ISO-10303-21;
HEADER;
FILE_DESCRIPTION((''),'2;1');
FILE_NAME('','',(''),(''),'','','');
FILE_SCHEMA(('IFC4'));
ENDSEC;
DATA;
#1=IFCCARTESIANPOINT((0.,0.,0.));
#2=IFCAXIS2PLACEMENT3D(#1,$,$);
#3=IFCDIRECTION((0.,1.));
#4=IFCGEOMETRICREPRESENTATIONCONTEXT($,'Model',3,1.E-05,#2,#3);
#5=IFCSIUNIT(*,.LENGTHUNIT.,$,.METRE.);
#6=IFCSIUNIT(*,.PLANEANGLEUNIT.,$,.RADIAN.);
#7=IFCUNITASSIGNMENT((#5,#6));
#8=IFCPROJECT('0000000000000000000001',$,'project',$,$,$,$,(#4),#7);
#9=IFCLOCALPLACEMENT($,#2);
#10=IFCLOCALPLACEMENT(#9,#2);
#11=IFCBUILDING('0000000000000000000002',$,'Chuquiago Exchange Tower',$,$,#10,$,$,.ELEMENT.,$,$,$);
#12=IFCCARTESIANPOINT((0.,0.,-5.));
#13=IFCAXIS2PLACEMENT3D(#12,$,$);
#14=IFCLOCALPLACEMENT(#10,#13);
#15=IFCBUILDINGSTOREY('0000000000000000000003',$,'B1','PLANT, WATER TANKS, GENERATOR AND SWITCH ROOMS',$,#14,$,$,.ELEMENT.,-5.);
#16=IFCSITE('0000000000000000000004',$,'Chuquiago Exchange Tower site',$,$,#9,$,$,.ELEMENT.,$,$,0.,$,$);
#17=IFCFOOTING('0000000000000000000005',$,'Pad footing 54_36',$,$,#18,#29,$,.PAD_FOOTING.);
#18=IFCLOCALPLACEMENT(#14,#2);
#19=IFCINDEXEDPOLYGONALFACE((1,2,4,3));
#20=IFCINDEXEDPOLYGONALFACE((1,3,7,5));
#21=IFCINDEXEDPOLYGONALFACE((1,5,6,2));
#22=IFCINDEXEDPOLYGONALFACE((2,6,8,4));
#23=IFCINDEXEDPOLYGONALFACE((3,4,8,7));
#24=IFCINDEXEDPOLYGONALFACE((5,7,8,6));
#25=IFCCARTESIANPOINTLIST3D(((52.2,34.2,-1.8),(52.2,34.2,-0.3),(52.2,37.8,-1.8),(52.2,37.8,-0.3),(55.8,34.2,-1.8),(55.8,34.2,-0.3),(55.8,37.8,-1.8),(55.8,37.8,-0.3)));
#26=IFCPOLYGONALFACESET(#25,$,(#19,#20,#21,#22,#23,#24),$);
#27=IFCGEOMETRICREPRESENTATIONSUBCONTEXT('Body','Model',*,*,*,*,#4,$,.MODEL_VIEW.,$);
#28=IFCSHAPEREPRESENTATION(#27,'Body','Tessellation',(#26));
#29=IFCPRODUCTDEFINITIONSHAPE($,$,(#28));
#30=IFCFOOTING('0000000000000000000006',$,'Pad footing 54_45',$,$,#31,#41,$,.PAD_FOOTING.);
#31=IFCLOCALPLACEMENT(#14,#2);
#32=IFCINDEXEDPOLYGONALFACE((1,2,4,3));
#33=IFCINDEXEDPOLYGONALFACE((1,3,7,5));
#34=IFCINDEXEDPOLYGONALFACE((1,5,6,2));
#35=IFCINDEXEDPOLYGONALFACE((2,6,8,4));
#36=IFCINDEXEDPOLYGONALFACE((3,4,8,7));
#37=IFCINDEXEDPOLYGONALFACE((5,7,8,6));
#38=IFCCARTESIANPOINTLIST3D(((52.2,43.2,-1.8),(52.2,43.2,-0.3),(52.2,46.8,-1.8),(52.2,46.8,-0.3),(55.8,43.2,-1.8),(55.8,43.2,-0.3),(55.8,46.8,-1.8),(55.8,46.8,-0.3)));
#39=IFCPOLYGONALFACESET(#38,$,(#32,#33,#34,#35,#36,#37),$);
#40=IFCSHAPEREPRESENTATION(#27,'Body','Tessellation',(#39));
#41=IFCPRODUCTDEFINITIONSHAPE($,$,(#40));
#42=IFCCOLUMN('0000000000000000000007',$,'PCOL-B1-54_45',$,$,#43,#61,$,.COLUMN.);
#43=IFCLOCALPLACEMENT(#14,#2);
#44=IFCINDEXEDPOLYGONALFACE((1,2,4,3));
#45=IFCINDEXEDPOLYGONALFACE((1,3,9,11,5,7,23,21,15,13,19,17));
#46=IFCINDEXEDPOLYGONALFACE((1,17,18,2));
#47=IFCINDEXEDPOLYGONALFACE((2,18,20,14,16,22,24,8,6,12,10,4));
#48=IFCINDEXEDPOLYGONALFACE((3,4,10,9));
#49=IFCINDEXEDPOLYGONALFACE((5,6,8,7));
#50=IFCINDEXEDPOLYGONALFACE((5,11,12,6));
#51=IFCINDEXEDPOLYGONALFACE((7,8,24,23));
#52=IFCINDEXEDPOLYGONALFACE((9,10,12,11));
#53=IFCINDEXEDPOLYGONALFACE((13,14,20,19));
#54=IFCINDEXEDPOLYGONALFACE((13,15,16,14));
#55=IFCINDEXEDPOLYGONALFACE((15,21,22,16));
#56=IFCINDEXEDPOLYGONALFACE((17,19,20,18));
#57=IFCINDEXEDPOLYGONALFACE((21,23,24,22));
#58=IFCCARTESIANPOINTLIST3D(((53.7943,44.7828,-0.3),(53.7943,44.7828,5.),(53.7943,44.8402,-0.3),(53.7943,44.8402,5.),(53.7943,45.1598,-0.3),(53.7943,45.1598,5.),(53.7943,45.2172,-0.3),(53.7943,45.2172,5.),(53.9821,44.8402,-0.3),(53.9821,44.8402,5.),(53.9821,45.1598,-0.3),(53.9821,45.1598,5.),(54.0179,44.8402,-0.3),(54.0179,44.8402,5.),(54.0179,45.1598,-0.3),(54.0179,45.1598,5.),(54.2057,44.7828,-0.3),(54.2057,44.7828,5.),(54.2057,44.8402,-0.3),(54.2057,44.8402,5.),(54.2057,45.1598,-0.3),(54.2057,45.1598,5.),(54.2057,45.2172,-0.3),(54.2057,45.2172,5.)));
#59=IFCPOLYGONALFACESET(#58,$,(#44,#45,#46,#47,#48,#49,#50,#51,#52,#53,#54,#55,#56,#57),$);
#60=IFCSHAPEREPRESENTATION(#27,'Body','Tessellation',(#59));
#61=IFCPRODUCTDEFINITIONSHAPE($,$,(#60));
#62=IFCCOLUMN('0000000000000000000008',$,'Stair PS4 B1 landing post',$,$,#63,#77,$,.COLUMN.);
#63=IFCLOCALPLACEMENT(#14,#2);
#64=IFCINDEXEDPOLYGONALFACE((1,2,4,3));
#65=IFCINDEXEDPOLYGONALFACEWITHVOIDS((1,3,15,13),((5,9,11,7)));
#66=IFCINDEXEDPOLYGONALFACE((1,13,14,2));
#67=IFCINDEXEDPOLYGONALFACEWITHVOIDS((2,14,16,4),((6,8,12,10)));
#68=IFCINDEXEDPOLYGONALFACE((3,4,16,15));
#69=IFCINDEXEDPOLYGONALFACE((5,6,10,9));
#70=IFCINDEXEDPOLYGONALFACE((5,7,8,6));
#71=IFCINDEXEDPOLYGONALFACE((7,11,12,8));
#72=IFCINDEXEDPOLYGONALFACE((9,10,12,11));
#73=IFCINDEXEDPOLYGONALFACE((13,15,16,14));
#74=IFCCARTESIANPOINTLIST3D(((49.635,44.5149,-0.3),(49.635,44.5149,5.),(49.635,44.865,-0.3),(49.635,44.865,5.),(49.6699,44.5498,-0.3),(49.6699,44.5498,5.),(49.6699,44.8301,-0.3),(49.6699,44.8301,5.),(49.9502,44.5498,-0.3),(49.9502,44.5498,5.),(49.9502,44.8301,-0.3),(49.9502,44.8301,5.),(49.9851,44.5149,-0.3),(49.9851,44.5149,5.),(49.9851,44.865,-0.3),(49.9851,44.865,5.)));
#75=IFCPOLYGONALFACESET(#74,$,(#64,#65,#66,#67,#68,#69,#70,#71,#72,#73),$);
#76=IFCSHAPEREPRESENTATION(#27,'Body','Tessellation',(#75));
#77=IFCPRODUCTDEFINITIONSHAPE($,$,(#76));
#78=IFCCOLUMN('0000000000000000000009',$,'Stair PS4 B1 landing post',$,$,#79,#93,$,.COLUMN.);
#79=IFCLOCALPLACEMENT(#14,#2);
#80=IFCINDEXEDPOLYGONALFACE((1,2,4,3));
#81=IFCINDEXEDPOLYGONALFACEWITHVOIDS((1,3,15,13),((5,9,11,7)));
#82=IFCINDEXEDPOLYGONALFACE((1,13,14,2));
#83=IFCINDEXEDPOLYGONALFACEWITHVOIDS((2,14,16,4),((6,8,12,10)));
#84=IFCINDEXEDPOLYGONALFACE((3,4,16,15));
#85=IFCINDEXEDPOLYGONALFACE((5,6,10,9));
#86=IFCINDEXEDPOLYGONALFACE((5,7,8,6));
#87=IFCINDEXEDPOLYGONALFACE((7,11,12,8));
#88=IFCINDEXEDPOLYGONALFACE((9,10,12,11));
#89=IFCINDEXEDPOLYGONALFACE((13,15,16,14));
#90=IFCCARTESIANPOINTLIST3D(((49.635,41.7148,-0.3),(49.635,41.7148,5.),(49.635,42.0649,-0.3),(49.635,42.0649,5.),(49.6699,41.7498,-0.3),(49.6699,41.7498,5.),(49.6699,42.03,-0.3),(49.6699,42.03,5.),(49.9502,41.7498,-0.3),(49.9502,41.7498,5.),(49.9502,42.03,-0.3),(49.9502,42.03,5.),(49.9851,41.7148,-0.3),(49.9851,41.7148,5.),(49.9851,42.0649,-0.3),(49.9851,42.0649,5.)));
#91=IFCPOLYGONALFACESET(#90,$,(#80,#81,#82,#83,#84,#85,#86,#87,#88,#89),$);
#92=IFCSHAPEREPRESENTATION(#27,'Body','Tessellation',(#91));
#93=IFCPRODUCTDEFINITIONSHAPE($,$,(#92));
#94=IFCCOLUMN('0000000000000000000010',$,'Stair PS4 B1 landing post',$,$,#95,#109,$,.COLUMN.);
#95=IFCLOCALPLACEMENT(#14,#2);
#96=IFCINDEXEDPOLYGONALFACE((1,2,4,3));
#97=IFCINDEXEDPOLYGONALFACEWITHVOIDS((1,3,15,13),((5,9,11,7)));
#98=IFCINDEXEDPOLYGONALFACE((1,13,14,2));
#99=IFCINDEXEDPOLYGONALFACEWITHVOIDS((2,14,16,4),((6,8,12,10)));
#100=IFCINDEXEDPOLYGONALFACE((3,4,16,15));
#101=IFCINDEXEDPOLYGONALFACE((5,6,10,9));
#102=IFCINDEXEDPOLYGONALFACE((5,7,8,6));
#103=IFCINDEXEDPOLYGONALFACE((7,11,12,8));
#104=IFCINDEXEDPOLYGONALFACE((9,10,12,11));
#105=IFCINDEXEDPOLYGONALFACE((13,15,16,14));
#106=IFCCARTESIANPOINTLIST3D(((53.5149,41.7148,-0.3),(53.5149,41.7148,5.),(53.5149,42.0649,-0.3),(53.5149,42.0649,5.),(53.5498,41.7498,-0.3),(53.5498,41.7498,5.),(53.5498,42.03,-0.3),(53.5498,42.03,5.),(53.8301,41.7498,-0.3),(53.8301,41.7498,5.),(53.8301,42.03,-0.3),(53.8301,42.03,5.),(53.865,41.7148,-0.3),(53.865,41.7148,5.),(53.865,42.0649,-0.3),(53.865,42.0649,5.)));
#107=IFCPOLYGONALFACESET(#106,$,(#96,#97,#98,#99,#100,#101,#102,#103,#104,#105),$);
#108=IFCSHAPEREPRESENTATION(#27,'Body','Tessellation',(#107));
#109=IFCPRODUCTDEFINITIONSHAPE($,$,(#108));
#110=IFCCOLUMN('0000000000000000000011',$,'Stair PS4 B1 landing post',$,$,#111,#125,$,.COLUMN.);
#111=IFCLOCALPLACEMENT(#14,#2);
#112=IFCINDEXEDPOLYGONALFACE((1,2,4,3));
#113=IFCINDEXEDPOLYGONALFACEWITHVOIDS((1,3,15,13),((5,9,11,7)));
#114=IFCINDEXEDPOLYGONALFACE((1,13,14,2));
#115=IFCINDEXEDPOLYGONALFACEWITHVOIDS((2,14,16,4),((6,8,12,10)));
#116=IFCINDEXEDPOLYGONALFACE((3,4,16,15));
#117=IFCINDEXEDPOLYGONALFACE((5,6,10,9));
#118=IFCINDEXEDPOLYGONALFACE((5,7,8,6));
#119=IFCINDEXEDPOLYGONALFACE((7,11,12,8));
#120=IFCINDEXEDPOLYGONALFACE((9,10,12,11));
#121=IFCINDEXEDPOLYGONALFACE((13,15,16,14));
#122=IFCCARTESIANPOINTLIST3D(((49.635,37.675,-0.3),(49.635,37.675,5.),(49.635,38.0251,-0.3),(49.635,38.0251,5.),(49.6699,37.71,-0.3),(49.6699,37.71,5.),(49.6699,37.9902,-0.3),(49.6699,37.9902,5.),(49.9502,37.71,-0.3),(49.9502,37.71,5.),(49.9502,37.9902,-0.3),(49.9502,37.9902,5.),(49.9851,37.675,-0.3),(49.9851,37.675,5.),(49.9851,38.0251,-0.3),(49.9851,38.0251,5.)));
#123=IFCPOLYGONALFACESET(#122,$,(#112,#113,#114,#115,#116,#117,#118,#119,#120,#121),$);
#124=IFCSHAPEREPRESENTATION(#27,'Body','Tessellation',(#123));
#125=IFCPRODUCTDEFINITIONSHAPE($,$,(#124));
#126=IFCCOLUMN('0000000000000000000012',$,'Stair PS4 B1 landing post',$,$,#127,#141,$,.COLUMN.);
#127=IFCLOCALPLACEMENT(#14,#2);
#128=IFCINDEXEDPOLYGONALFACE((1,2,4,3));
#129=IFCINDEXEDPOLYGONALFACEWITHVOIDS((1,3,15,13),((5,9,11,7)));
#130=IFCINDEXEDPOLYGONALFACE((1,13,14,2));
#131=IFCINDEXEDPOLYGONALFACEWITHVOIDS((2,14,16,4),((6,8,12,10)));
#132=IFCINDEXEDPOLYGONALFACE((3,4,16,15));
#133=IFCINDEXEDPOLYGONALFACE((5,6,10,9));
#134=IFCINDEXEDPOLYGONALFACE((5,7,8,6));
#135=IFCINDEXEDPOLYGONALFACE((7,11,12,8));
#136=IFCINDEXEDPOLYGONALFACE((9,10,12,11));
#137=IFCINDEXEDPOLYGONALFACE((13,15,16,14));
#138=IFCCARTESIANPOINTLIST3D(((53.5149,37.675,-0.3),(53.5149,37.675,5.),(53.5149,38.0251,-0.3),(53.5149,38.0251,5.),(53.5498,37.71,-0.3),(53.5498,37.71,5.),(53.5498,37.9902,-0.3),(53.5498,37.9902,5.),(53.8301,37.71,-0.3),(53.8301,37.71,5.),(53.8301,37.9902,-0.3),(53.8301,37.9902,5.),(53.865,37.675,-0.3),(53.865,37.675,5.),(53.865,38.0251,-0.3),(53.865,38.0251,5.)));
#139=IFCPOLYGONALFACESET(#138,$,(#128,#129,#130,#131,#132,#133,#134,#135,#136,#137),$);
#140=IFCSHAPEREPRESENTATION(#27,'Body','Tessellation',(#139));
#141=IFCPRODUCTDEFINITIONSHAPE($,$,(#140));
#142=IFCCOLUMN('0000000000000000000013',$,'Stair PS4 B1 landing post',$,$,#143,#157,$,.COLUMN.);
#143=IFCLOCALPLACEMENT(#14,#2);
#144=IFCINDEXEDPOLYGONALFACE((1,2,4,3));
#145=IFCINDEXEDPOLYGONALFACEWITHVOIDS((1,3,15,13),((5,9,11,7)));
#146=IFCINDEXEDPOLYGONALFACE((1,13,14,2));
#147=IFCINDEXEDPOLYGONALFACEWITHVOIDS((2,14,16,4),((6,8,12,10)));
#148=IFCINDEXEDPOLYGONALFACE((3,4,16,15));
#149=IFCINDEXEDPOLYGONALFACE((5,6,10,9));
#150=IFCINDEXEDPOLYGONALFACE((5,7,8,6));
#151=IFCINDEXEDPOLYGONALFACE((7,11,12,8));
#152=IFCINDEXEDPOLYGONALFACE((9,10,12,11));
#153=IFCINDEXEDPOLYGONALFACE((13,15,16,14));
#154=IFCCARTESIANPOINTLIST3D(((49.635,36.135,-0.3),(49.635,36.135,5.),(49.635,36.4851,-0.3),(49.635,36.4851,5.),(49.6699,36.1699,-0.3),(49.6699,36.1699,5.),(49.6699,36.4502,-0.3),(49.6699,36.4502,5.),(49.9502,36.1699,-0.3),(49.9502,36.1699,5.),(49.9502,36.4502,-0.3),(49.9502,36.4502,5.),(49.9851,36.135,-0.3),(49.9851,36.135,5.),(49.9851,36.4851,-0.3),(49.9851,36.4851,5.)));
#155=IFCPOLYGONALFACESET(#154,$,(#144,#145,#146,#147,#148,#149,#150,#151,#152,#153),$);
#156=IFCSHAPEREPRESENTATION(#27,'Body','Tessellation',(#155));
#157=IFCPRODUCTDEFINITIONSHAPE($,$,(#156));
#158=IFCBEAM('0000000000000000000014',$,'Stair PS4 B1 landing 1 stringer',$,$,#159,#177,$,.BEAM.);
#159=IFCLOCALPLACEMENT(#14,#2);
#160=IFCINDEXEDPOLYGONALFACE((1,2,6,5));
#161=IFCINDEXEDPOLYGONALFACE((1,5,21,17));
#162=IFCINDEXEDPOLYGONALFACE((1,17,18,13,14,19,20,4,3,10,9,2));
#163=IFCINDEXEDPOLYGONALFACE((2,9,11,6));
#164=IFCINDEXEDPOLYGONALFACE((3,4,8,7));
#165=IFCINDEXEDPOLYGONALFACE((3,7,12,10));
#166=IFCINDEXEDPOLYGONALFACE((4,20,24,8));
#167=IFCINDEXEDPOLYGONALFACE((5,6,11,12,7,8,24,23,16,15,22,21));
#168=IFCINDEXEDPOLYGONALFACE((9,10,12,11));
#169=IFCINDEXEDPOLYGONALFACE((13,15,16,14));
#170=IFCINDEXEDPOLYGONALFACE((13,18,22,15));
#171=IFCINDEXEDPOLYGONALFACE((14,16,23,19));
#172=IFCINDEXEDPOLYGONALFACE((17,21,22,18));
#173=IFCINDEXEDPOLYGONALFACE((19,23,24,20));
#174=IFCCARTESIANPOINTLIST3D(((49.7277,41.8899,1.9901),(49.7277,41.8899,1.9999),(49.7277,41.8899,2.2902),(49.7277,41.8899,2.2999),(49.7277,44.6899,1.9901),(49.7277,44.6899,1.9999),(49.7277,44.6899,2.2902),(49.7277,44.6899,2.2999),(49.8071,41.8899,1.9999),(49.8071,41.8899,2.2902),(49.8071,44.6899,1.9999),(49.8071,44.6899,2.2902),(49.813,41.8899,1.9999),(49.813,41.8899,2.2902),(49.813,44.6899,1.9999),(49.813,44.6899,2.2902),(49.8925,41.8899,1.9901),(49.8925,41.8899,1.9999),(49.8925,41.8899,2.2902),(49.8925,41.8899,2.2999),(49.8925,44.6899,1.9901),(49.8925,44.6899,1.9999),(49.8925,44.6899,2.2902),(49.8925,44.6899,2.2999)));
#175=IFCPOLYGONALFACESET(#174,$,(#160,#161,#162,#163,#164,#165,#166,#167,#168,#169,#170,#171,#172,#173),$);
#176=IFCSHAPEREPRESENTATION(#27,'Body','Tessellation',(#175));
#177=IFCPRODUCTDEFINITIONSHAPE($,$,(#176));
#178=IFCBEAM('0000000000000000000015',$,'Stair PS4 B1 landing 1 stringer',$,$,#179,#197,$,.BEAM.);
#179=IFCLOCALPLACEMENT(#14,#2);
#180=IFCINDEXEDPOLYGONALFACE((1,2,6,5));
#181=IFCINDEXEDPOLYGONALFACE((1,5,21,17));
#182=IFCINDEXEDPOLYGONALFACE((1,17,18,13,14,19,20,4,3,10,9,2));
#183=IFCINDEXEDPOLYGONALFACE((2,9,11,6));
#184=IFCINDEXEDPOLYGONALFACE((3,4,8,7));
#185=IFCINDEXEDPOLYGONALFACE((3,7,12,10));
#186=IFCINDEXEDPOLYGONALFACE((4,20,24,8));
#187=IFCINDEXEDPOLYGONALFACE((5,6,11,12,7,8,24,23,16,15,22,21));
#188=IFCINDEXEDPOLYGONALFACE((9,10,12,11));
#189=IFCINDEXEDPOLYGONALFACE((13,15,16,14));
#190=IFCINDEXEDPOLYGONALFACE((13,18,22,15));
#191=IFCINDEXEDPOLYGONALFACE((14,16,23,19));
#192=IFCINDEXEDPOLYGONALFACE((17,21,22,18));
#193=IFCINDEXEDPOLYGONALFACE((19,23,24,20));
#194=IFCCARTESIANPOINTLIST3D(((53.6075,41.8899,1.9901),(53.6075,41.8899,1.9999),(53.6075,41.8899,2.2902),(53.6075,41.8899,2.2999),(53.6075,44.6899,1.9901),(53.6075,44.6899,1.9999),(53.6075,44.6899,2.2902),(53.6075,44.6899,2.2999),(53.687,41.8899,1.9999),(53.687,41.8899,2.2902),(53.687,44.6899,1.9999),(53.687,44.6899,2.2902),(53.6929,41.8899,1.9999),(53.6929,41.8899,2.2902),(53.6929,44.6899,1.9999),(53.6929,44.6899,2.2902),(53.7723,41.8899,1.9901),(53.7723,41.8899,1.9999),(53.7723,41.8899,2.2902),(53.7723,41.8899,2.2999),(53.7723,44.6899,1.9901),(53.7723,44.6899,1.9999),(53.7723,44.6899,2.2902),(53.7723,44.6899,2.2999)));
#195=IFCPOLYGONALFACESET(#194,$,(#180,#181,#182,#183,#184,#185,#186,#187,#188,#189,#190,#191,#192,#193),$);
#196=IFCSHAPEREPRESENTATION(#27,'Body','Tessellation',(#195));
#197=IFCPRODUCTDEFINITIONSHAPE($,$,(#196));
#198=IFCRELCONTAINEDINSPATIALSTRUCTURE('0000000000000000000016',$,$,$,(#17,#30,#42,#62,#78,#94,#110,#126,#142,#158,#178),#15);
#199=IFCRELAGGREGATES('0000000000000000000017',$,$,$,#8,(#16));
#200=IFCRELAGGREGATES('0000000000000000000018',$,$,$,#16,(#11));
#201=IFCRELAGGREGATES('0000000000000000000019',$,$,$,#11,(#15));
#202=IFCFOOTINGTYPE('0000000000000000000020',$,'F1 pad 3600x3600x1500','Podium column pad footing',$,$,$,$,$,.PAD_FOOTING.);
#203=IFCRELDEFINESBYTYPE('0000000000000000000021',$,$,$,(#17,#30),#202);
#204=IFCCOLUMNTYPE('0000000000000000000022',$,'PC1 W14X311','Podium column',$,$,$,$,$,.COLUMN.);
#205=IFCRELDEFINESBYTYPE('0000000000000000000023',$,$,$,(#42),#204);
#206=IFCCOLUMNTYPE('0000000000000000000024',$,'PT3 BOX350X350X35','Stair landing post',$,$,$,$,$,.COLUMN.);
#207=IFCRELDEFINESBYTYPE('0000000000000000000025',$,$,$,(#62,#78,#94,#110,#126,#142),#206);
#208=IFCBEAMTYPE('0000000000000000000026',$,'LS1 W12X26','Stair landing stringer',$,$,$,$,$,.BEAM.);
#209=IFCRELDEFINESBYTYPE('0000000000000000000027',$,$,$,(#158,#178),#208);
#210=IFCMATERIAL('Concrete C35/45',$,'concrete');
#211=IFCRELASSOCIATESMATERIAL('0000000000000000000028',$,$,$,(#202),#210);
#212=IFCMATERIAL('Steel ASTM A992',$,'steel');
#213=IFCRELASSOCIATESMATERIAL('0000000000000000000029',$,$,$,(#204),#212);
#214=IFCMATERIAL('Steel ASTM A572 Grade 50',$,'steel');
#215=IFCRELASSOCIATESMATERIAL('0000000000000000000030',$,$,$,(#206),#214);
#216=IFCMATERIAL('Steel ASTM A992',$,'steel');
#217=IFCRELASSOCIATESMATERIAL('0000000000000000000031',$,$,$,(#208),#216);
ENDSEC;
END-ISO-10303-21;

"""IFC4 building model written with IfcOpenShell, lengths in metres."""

from ifc_helpers import new_model, si_unit, direction, frame, origin, origin_2d, place, context, subcontext, project, spatial, rectangle, hollow_rectangle, i_section, extrude, material, material_profile, profile_set, type_object, element, save


model = new_model("IFC4")

# Units and contexts
model_context = context("Model", 3, precision=1e-05, world=origin(), true_north=direction((0.0, 1.0)))
body_context = subcontext(model_context, "Body", "Model", "MODEL_VIEW")
ifc_project = project(units=[si_unit("LENGTHUNIT", "METRE"), si_unit("PLANEANGLEUNIT", "RADIAN")], contexts=[model_context])

# Site, building, storey
site_placement = place(None, origin())
site = spatial("IfcSite", under=ifc_project, at=site_placement, Name="Chuquiago Exchange Tower site", CompositionType="ELEMENT", RefElevation=0.0)
building_placement = place(site_placement, origin())
building = spatial("IfcBuilding", under=site, at=building_placement, Name="Chuquiago Exchange Tower", CompositionType="ELEMENT")
storey_placement = place(building_placement, frame((0.0, 0.0, -5.0)))
storey = spatial("IfcBuildingStorey", under=building, at=storey_placement, Name="B1", Description="PLANT, WATER TANKS, GENERATOR AND SWITCH ROOMS", CompositionType="ELEMENT", Elevation=-5.0)

# Footings
ifc_material_1 = material(Name="Concrete C35/45", Category="concrete")
footing_type = type_object("IfcFootingType", Name="F1 pad 3600x3600x1500", Description="Podium column pad footing", PredefinedType="PAD_FOOTING", material=ifc_material_1)
for number, where, z_axis, x_axis, name in (
    (1, (54.0, 36.0, -1.8), (0.0, 0.0, 1.0), (1.0, 0.0, 0.0), "Pad footing 54_36"),
    (2, (54.0, 45.0, -1.8), (0.0, 0.0, 1.0), (1.0, 0.0, 0.0), "Pad footing 54_45"),
):
    element("IfcFooting", number, at=place(storey_placement, frame(where, z_axis=z_axis, x_axis=x_axis)), inside=storey, type_object=footing_type, Name=name, PredefinedType="PAD_FOOTING", context=body_context, shape_type="SweptSolid", body=[
        extrude(rectangle(XDim=3.6001, YDim=3.6001, at=origin_2d()), origin(), (0.0, 0.0, 1.0), 1.5),
    ])

# Columns
ifc_material_2 = material(Name="Steel ASTM A992", Category="steel")
ifc_material_profile_1 = material_profile(ifc_material_2, i_section(OverallWidth=0.4114, OverallDepth=0.4343, WebThickness=0.0359, FlangeThickness=0.0574, at=origin_2d()), Name="W14X311")
ifc_profile_set_1 = profile_set([ifc_material_profile_1], Name="Steel ASTM A992")
column_type_1 = type_object("IfcColumnType", Name="PC1 W14X311", Description="Podium column", PredefinedType="COLUMN", material=ifc_profile_set_1)
column_placement = place(storey_placement, frame((54.0, 45.0, -0.3), z_axis=(0.0, 0.0, 1.0), x_axis=(1.0, 0.0, 0.0)))
element("IfcColumn", 3, at=column_placement, inside=storey, type_object=column_type_1, Name="PCOL-B1-54_45", PredefinedType="COLUMN", context=body_context, shape_type="SweptSolid", body=[
    extrude(i_section(OverallWidth=0.4114, OverallDepth=0.4343, WebThickness=0.0359, FlangeThickness=0.0574, at=origin_2d()), origin(), (0.0, 0.0, 1.0), 5.3),
])
ifc_material_3 = material(Name="Steel ASTM A572 Grade 50", Category="steel")
ifc_material_profile_2 = material_profile(ifc_material_3, hollow_rectangle(XDim=0.3501, YDim=0.3501, WallThickness=0.0349, at=origin_2d()), Name="BOX350X350X35")
ifc_profile_set_2 = profile_set([ifc_material_profile_2], Name="Steel ASTM A572 Grade 50")
column_type_2 = type_object("IfcColumnType", Name="PT3 BOX350X350X35", Description="Stair landing post", PredefinedType="COLUMN", material=ifc_profile_set_2)
for number, where, z_axis, x_axis, name in (
    (4, (49.8101, 44.6899, -0.3), (0.0, 0.0, 1.0), (1.0, 0.0, 0.0), "Stair PS4 B1 landing post"),
    (5, (49.8101, 41.8899, -0.3), (0.0, 0.0, 1.0), (1.0, 0.0, 0.0), "Stair PS4 B1 landing post"),
    (6, (53.6899, 41.8899, -0.3), (0.0, 0.0, 1.0), (1.0, 0.0, 0.0), "Stair PS4 B1 landing post"),
    (7, (49.8101, 37.8501, -0.3), (0.0, 0.0, 1.0), (1.0, 0.0, 0.0), "Stair PS4 B1 landing post"),
    (8, (53.6899, 37.8501, -0.3), (0.0, 0.0, 1.0), (1.0, 0.0, 0.0), "Stair PS4 B1 landing post"),
    (9, (49.8101, 36.3101, -0.3), (0.0, 0.0, 1.0), (1.0, 0.0, 0.0), "Stair PS4 B1 landing post"),
):
    element("IfcColumn", number, at=place(storey_placement, frame(where, z_axis=z_axis, x_axis=x_axis)), inside=storey, type_object=column_type_2, Name=name, PredefinedType="COLUMN", context=body_context, shape_type="SweptSolid", body=[
        extrude(hollow_rectangle(XDim=0.3501, YDim=0.3501, WallThickness=0.0349, at=origin_2d()), origin(), (0.0, 0.0, 1.0), 5.3),
    ])

# Beams
ifc_material_4 = material(Name="Steel ASTM A992", Category="steel")
ifc_material_profile_3 = material_profile(ifc_material_4, i_section(OverallWidth=0.1648, OverallDepth=0.3098, WebThickness=0.0059, FlangeThickness=0.0098, at=origin_2d()), Name="W12X26")
ifc_profile_set_3 = profile_set([ifc_material_profile_3], Name="Steel ASTM A992")
beam_type_1 = type_object("IfcBeamType", Name="LS1 W12X26", Description="Stair landing stringer", PredefinedType="BEAM", material=ifc_profile_set_3)
for number, where, z_axis, x_axis, name in (
    (10, (49.8101, 41.8899, 2.145), (0.0, 1.0, 0.0), (-1.0, 0.0, 0.0), "Stair PS4 B1 landing 1 stringer"),
    (11, (53.6899, 41.8899, 2.145), (0.0, 1.0, 0.0), (-1.0, 0.0, 0.0), "Stair PS4 B1 landing 1 stringer"),
):
    element("IfcBeam", number, at=place(storey_placement, frame(where, z_axis=z_axis, x_axis=x_axis)), inside=storey, type_object=beam_type_1, Name=name, PredefinedType="BEAM", context=body_context, shape_type="SweptSolid", body=[
        extrude(i_section(OverallWidth=0.1648, OverallDepth=0.3098, WebThickness=0.0059, FlangeThickness=0.0098, at=origin_2d()), origin(), (0.0, 0.0, 1.0), 2.8),
    ])

save(model, "model.ifc")
